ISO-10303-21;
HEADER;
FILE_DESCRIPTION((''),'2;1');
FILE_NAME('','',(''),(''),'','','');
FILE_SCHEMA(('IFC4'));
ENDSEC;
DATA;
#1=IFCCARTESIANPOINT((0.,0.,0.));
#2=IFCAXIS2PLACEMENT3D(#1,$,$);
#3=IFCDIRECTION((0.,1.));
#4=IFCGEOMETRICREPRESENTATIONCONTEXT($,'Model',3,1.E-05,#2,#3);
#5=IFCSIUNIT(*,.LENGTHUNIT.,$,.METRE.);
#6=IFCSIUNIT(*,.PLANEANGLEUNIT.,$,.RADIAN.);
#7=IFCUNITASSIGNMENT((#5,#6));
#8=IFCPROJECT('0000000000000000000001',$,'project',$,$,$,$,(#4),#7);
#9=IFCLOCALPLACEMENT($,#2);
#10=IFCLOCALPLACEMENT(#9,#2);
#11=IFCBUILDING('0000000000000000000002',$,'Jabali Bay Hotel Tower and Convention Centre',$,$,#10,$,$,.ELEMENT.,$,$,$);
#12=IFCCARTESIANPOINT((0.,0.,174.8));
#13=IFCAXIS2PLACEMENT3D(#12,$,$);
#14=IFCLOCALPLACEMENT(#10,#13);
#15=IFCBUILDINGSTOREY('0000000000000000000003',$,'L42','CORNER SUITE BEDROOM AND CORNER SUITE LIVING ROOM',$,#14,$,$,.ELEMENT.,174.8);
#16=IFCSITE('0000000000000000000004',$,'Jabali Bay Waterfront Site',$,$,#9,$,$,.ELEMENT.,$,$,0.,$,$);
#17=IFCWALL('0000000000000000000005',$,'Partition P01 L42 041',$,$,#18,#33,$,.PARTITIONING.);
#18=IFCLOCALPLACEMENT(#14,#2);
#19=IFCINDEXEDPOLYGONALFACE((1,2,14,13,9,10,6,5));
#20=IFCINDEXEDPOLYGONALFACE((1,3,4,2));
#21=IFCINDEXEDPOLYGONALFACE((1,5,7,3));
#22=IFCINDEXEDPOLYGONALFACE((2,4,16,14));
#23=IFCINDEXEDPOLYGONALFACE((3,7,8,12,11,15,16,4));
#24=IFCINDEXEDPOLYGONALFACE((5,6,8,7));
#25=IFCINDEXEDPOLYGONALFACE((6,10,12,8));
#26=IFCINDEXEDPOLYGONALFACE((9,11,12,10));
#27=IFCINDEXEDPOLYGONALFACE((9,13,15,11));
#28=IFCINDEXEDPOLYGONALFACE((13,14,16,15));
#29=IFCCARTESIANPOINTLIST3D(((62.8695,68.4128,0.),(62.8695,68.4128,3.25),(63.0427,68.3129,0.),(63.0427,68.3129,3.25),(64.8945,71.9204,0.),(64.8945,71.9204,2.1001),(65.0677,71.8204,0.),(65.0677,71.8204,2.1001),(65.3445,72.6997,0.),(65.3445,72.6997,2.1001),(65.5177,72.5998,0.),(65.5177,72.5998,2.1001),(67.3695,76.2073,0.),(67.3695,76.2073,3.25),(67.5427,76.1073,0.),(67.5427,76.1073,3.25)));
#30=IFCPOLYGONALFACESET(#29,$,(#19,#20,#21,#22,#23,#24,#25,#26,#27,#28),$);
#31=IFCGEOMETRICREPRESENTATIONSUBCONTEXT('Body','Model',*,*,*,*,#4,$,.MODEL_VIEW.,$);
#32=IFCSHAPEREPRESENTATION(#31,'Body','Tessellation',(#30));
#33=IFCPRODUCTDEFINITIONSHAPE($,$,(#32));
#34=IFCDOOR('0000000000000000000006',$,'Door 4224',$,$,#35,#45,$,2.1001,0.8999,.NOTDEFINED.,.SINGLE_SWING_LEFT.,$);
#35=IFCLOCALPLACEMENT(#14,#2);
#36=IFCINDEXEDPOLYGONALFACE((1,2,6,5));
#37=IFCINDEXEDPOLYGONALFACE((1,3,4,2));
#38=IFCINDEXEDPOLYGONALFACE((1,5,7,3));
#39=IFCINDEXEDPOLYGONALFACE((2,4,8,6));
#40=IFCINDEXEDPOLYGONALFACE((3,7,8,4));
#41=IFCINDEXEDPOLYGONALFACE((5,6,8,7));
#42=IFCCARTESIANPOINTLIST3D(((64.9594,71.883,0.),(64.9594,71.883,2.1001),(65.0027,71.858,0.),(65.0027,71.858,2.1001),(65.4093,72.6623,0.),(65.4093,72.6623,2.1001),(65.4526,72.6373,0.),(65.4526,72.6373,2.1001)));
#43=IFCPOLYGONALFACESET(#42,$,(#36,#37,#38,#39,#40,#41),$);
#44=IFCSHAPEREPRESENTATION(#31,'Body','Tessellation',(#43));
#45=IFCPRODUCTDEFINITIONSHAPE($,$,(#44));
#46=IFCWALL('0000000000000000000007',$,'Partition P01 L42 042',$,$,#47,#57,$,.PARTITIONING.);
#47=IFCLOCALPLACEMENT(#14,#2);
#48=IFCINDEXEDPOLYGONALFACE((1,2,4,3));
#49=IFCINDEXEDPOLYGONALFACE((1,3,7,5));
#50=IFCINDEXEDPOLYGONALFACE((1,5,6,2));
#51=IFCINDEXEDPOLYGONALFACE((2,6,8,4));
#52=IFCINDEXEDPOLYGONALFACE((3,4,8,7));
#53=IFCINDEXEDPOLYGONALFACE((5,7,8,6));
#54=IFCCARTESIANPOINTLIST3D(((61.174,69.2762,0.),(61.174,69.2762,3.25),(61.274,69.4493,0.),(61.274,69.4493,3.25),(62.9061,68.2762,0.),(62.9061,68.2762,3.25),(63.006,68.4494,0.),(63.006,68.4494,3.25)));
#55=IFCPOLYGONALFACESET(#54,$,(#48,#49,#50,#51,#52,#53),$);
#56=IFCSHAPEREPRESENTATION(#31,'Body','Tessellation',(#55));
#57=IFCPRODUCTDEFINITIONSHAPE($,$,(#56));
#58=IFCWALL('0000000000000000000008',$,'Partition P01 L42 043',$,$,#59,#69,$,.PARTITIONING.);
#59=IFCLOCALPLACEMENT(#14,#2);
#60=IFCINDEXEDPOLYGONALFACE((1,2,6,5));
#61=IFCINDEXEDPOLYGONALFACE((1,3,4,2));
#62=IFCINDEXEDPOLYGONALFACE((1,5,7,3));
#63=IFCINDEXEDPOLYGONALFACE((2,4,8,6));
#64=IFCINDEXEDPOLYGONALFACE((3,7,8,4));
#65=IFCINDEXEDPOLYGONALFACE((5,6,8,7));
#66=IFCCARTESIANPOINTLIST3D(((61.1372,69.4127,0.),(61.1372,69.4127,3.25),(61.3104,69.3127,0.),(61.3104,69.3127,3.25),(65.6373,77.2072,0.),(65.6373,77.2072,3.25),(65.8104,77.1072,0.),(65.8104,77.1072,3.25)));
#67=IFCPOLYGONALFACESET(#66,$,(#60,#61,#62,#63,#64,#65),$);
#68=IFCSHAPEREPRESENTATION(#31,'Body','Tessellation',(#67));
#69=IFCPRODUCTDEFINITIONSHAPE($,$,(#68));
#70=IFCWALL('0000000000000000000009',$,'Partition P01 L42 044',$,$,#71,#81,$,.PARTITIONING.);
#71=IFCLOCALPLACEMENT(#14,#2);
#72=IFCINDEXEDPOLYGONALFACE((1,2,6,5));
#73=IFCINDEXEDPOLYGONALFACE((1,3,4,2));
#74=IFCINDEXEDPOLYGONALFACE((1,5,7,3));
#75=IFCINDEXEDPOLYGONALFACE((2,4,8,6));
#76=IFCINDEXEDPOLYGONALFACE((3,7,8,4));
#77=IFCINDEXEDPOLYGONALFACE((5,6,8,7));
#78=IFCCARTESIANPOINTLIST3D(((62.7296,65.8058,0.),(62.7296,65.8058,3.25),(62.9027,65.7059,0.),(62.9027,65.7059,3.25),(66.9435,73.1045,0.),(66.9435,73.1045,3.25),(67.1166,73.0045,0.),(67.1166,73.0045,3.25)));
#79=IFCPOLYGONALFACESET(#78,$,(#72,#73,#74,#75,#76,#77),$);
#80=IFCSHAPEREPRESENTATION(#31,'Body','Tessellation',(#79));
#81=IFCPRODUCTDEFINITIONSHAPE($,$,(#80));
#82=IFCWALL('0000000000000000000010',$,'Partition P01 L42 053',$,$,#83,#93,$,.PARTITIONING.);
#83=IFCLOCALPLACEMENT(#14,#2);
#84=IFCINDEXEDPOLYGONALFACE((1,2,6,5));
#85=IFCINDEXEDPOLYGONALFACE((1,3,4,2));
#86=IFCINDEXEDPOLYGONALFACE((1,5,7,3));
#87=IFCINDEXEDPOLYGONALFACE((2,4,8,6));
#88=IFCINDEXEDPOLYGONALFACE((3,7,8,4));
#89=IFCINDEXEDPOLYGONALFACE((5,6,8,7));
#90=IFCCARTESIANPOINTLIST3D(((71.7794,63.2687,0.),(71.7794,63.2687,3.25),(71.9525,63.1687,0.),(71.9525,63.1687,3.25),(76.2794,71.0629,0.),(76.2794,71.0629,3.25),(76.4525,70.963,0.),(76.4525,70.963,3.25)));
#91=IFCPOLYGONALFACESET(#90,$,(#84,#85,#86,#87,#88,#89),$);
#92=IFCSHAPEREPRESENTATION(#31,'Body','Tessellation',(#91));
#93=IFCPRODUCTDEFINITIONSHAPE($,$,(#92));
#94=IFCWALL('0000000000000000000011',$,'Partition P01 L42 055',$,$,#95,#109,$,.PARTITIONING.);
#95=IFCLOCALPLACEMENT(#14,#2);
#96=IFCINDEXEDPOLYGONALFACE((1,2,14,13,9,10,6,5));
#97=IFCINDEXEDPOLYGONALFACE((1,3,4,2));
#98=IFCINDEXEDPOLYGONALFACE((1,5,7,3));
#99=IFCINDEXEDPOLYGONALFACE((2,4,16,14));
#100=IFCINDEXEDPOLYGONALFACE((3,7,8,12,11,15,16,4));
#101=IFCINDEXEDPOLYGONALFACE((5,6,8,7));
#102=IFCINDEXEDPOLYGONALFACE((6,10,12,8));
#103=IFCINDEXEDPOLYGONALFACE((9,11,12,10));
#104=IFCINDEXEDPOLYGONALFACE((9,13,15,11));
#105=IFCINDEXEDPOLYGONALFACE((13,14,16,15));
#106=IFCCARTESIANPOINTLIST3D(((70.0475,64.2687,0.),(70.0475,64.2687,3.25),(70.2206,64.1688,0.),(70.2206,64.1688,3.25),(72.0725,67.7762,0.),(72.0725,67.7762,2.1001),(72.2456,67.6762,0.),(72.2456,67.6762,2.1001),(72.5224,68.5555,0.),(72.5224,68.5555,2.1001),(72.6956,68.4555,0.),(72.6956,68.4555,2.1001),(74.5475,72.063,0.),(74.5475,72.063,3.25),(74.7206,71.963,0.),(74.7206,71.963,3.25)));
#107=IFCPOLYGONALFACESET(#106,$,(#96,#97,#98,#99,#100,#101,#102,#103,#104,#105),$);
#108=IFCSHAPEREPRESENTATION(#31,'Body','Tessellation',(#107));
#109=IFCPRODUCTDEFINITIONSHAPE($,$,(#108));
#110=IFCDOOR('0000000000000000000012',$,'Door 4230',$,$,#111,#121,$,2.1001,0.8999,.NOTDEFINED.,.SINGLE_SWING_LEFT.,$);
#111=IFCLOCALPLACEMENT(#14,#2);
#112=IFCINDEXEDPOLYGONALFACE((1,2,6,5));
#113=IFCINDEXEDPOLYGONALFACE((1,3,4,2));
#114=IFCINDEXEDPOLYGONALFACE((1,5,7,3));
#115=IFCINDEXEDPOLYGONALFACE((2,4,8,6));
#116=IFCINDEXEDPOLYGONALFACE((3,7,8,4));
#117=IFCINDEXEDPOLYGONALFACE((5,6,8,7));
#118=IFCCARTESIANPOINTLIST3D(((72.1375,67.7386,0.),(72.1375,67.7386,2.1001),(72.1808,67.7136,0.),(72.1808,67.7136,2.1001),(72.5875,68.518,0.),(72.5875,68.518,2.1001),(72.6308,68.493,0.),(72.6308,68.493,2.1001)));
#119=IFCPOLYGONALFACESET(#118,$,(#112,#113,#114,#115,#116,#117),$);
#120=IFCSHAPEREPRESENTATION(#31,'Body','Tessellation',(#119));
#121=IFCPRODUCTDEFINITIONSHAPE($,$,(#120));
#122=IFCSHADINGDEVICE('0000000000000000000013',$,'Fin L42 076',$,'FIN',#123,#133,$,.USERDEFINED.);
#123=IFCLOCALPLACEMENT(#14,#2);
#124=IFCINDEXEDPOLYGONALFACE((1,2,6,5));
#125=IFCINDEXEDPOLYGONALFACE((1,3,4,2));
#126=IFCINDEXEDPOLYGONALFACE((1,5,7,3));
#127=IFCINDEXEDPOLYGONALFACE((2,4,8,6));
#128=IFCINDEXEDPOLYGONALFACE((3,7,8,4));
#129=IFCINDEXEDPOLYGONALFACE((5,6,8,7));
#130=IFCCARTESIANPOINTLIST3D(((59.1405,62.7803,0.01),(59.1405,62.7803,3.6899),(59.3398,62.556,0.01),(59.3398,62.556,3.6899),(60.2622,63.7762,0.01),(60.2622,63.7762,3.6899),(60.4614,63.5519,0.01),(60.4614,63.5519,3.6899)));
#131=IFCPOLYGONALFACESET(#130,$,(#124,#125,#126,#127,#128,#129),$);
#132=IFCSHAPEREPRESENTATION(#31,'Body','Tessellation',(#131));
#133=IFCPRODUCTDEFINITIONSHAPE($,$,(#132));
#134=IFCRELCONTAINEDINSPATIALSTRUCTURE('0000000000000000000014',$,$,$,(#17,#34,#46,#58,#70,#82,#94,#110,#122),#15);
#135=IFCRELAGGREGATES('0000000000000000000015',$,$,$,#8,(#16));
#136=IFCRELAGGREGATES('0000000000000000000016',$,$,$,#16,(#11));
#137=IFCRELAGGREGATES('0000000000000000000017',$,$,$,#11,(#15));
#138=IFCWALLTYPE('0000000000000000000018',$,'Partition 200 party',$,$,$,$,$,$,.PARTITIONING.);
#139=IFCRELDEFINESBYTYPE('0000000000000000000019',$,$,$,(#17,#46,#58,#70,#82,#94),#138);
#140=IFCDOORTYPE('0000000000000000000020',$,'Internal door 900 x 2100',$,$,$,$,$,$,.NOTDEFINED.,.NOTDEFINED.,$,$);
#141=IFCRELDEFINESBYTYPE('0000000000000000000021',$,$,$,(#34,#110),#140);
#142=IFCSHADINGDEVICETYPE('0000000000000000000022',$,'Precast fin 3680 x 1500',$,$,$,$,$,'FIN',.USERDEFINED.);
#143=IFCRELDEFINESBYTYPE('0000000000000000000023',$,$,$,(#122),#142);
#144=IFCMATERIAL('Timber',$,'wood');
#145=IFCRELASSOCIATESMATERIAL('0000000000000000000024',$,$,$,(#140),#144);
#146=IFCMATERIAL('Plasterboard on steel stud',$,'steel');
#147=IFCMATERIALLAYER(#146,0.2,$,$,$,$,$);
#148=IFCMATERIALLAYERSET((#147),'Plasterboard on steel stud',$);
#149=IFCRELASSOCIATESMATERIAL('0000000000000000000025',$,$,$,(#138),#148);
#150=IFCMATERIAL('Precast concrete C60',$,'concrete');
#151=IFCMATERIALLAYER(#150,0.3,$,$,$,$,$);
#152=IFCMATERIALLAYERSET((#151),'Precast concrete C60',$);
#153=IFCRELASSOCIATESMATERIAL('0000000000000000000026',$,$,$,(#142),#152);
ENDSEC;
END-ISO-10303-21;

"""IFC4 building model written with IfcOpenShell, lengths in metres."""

from ifc_helpers import new_model, si_unit, direction, frame, frame_2d, origin, place, context, subcontext, project, spatial, rectangle, extrude, material, layer, layer_set, type_object, element, fill, save


model = new_model("IFC4")

# Units and contexts
model_context = context("Model", 3, precision=1e-05, world=origin(), true_north=direction((0.0, 1.0)))
body_context = subcontext(model_context, "Body", "Model", "MODEL_VIEW")
ifc_project = project(units=[si_unit("LENGTHUNIT", "METRE"), si_unit("PLANEANGLEUNIT", "RADIAN")], contexts=[model_context])

# Site, building, storey
site_placement = place(None, origin())
site = spatial("IfcSite", under=ifc_project, at=site_placement, Name="Jabali Bay Waterfront Site", CompositionType="ELEMENT", RefElevation=0.0)
building_placement = place(site_placement, origin())
building = spatial("IfcBuilding", under=site, at=building_placement, Name="Jabali Bay Hotel Tower and Convention Centre", CompositionType="ELEMENT")
storey_placement = place(building_placement, frame((0.0, 0.0, 174.8)))
storey = spatial("IfcBuildingStorey", under=building, at=storey_placement, Name="L42", Description="CORNER SUITE BEDROOM AND CORNER SUITE LIVING ROOM", CompositionType="ELEMENT", Elevation=174.8)

# Shared definitions
ifc_material_1 = material(Name="Timber", Category="wood")

# Shared definitions
ifc_material_2 = material(Name="Plasterboard on steel stud", Category="steel")
door_type_1 = type_object("IfcDoorType", Name="Internal door 900 x 2100", OperationType="NOTDEFINED", PredefinedType="NOTDEFINED", material=ifc_material_1)

# Wall, opening, door
ifc_layer_1 = layer(ifc_material_2, 0.2)
ifc_layer_set_1 = layer_set([ifc_layer_1], Name="Plasterboard on steel stud")
wall_type_1 = type_object("IfcWallType", Name="Partition 200 party", PredefinedType="PARTITIONING", material=ifc_layer_set_1)
wall_1_placement = place(storey_placement, frame((67.4561, 76.1572, 0.0), z_axis=(0.0, 0.0, 1.0), x_axis=(-0.49999, -0.866031, 0.0)))
wall_1 = element("IfcWall", 1, at=wall_1_placement, inside=storey, type_object=wall_type_1, Name="Partition P01 L42 041", PredefinedType="PARTITIONING", context=body_context, shape_type="SweptSolid", body=[
    extrude(rectangle(XDim=9.0002, YDim=0.2, at=frame_2d((4.5, 0.0))), origin(), (0.0, 0.0, 1.0), 3.25),
])
opening_1_placement = place(wall_1_placement, frame((4.05, 0.0, 0.0)))
opening_1 = element("IfcOpeningElement", 2, at=opening_1_placement, cuts=wall_1, PredefinedType="OPENING", context=body_context, shape_type="SweptSolid", body=[
    extrude(rectangle(XDim=0.8999, YDim=2.1001, at=frame_2d((0.45, 1.05))), frame((0.0, 0.1104, 0.0), z_axis=(0.0, -1.0, 0.0), x_axis=(1.0, 0.0, 0.0)), (0.0, 0.0, 1.0), 0.2209),
])
door_1_placement = place(opening_1_placement, origin())
door_1 = element("IfcDoor", 3, at=door_1_placement, inside=storey, type_object=door_type_1, Name="Door 4224", OperationType="SINGLE_SWING_LEFT", OverallHeight=2.1001, OverallWidth=0.8999, PredefinedType="NOTDEFINED", context=body_context, shape_type="SweptSolid", body=[
    extrude(rectangle(XDim=0.8999, YDim=2.1001, at=frame_2d((0.45, 1.05))), frame((0.0, 0.0249, 0.0), z_axis=(0.0, -1.0, 0.0), x_axis=(1.0, 0.0, 0.0)), (0.0, 0.0, 1.0), 0.05),
])
fill(opening_1, door_1)

# Walls
wall_2_placement = place(storey_placement, frame((62.9561, 68.3628, 0.0), z_axis=(0.0, 0.0, 1.0), x_axis=(-0.866041, 0.499973, 0.0)))
element("IfcWall", 4, at=wall_2_placement, inside=storey, type_object=wall_type_1, Name="Partition P01 L42 042", PredefinedType="PARTITIONING", context=body_context, shape_type="SweptSolid", body=[
    extrude(rectangle(XDim=2.0, YDim=0.2, at=frame_2d((1.0, 0.0))), origin(), (0.0, 0.0, 1.0), 3.25),
])
wall_3_placement = place(storey_placement, frame((61.2239, 69.3628, 0.0), z_axis=(0.0, 0.0, 1.0), x_axis=(0.49999, 0.866031, 0.0)))
element("IfcWall", 5, at=wall_3_placement, inside=storey, type_object=wall_type_1, Name="Partition P01 L42 043", PredefinedType="PARTITIONING", context=body_context, shape_type="SweptSolid", body=[
    extrude(rectangle(XDim=9.0002, YDim=0.2, at=frame_2d((4.5, 0.0))), origin(), (0.0, 0.0, 1.0), 3.25),
])
wall_4_placement = place(storey_placement, frame((62.8162, 65.7559, 0.0), z_axis=(0.0, 0.0, 1.0), x_axis=(0.500002, 0.866024, 0.0)))
element("IfcWall", 6, at=wall_4_placement, inside=storey, type_object=wall_type_1, Name="Partition P01 L42 044", PredefinedType="PARTITIONING", context=body_context, shape_type="SweptSolid", body=[
    extrude(rectangle(XDim=8.4277, YDim=0.2, at=frame_2d((4.2139, 0.0))), origin(), (0.0, 0.0, 1.0), 3.25),
])
wall_5_placement = place(storey_placement, frame((76.366, 71.0129, 0.0), z_axis=(0.0, 0.0, 1.0), x_axis=(-0.500002, -0.866024, 0.0)))
element("IfcWall", 7, at=wall_5_placement, inside=storey, type_object=wall_type_1, Name="Partition P01 L42 053", PredefinedType="PARTITIONING", context=body_context, shape_type="SweptSolid", body=[
    extrude(rectangle(XDim=9.0, YDim=0.2, at=frame_2d((4.5, 0.0))), origin(), (0.0, 0.0, 1.0), 3.25),
])

# Wall, opening, door
wall_6_placement = place(storey_placement, frame((70.134, 64.2188, 0.0), z_axis=(0.0, 0.0, 1.0), x_axis=(0.500002, 0.866024, 0.0)))
wall_6 = element("IfcWall", 8, at=wall_6_placement, inside=storey, type_object=wall_type_1, Name="Partition P01 L42 055", PredefinedType="PARTITIONING", context=body_context, shape_type="SweptSolid", body=[
    extrude(rectangle(XDim=9.0, YDim=0.2, at=frame_2d((4.5, 0.0))), origin(), (0.0, 0.0, 1.0), 3.25),
])
opening_2_placement = place(wall_6_placement, frame((4.05, 0.0, 0.0)))
opening_2 = element("IfcOpeningElement", 9, at=opening_2_placement, cuts=wall_6, PredefinedType="OPENING", context=body_context, shape_type="SweptSolid", body=[
    extrude(rectangle(XDim=0.8999, YDim=2.1001, at=frame_2d((0.45, 1.05))), frame((0.0, 0.1104, 0.0), z_axis=(0.0, -1.0, 0.0), x_axis=(1.0, 0.0, 0.0)), (0.0, 0.0, 1.0), 0.2209),
])
door_2_placement = place(opening_2_placement, origin())
door_2 = element("IfcDoor", 10, at=door_2_placement, inside=storey, type_object=door_type_1, Name="Door 4230", OperationType="SINGLE_SWING_LEFT", OverallHeight=2.1001, OverallWidth=0.8999, PredefinedType="NOTDEFINED", context=body_context, shape_type="SweptSolid", body=[
    extrude(rectangle(XDim=0.8999, YDim=2.1001, at=frame_2d((0.45, 1.05))), frame((0.0, 0.0249, 0.0), z_axis=(0.0, -1.0, 0.0), x_axis=(1.0, 0.0, 0.0)), (0.0, 0.0, 1.0), 0.05),
])
fill(opening_2, door_2)

# Shading device
ifc_material_3 = material(Name="Precast concrete C60", Category="concrete")
ifc_layer_2 = layer(ifc_material_3, 0.3)
ifc_layer_set_2 = layer_set([ifc_layer_2], Name="Precast concrete C60")
shading_device_type = type_object("IfcShadingDeviceType", Name="Precast fin 3680 x 1500", ElementType="FIN", PredefinedType="USERDEFINED", material=ifc_layer_set_2)
shading_device_placement = place(storey_placement, frame((60.3618, 63.6641, 0.01), z_axis=(0.0, 0.0, 1.0), x_axis=(-0.747777, -0.66395, 0.0)))
element("IfcShadingDevice", 11, at=shading_device_placement, inside=storey, type_object=shading_device_type, Name="Fin L42 076", ObjectType="FIN", PredefinedType="USERDEFINED", context=body_context, shape_type="SweptSolid", body=[
    extrude(rectangle(XDim=1.5, YDim=0.3, at=frame_2d((0.75, 0.0))), origin(), (0.0, 0.0, 1.0), 3.6799),
])

save(model, "model.ifc")
